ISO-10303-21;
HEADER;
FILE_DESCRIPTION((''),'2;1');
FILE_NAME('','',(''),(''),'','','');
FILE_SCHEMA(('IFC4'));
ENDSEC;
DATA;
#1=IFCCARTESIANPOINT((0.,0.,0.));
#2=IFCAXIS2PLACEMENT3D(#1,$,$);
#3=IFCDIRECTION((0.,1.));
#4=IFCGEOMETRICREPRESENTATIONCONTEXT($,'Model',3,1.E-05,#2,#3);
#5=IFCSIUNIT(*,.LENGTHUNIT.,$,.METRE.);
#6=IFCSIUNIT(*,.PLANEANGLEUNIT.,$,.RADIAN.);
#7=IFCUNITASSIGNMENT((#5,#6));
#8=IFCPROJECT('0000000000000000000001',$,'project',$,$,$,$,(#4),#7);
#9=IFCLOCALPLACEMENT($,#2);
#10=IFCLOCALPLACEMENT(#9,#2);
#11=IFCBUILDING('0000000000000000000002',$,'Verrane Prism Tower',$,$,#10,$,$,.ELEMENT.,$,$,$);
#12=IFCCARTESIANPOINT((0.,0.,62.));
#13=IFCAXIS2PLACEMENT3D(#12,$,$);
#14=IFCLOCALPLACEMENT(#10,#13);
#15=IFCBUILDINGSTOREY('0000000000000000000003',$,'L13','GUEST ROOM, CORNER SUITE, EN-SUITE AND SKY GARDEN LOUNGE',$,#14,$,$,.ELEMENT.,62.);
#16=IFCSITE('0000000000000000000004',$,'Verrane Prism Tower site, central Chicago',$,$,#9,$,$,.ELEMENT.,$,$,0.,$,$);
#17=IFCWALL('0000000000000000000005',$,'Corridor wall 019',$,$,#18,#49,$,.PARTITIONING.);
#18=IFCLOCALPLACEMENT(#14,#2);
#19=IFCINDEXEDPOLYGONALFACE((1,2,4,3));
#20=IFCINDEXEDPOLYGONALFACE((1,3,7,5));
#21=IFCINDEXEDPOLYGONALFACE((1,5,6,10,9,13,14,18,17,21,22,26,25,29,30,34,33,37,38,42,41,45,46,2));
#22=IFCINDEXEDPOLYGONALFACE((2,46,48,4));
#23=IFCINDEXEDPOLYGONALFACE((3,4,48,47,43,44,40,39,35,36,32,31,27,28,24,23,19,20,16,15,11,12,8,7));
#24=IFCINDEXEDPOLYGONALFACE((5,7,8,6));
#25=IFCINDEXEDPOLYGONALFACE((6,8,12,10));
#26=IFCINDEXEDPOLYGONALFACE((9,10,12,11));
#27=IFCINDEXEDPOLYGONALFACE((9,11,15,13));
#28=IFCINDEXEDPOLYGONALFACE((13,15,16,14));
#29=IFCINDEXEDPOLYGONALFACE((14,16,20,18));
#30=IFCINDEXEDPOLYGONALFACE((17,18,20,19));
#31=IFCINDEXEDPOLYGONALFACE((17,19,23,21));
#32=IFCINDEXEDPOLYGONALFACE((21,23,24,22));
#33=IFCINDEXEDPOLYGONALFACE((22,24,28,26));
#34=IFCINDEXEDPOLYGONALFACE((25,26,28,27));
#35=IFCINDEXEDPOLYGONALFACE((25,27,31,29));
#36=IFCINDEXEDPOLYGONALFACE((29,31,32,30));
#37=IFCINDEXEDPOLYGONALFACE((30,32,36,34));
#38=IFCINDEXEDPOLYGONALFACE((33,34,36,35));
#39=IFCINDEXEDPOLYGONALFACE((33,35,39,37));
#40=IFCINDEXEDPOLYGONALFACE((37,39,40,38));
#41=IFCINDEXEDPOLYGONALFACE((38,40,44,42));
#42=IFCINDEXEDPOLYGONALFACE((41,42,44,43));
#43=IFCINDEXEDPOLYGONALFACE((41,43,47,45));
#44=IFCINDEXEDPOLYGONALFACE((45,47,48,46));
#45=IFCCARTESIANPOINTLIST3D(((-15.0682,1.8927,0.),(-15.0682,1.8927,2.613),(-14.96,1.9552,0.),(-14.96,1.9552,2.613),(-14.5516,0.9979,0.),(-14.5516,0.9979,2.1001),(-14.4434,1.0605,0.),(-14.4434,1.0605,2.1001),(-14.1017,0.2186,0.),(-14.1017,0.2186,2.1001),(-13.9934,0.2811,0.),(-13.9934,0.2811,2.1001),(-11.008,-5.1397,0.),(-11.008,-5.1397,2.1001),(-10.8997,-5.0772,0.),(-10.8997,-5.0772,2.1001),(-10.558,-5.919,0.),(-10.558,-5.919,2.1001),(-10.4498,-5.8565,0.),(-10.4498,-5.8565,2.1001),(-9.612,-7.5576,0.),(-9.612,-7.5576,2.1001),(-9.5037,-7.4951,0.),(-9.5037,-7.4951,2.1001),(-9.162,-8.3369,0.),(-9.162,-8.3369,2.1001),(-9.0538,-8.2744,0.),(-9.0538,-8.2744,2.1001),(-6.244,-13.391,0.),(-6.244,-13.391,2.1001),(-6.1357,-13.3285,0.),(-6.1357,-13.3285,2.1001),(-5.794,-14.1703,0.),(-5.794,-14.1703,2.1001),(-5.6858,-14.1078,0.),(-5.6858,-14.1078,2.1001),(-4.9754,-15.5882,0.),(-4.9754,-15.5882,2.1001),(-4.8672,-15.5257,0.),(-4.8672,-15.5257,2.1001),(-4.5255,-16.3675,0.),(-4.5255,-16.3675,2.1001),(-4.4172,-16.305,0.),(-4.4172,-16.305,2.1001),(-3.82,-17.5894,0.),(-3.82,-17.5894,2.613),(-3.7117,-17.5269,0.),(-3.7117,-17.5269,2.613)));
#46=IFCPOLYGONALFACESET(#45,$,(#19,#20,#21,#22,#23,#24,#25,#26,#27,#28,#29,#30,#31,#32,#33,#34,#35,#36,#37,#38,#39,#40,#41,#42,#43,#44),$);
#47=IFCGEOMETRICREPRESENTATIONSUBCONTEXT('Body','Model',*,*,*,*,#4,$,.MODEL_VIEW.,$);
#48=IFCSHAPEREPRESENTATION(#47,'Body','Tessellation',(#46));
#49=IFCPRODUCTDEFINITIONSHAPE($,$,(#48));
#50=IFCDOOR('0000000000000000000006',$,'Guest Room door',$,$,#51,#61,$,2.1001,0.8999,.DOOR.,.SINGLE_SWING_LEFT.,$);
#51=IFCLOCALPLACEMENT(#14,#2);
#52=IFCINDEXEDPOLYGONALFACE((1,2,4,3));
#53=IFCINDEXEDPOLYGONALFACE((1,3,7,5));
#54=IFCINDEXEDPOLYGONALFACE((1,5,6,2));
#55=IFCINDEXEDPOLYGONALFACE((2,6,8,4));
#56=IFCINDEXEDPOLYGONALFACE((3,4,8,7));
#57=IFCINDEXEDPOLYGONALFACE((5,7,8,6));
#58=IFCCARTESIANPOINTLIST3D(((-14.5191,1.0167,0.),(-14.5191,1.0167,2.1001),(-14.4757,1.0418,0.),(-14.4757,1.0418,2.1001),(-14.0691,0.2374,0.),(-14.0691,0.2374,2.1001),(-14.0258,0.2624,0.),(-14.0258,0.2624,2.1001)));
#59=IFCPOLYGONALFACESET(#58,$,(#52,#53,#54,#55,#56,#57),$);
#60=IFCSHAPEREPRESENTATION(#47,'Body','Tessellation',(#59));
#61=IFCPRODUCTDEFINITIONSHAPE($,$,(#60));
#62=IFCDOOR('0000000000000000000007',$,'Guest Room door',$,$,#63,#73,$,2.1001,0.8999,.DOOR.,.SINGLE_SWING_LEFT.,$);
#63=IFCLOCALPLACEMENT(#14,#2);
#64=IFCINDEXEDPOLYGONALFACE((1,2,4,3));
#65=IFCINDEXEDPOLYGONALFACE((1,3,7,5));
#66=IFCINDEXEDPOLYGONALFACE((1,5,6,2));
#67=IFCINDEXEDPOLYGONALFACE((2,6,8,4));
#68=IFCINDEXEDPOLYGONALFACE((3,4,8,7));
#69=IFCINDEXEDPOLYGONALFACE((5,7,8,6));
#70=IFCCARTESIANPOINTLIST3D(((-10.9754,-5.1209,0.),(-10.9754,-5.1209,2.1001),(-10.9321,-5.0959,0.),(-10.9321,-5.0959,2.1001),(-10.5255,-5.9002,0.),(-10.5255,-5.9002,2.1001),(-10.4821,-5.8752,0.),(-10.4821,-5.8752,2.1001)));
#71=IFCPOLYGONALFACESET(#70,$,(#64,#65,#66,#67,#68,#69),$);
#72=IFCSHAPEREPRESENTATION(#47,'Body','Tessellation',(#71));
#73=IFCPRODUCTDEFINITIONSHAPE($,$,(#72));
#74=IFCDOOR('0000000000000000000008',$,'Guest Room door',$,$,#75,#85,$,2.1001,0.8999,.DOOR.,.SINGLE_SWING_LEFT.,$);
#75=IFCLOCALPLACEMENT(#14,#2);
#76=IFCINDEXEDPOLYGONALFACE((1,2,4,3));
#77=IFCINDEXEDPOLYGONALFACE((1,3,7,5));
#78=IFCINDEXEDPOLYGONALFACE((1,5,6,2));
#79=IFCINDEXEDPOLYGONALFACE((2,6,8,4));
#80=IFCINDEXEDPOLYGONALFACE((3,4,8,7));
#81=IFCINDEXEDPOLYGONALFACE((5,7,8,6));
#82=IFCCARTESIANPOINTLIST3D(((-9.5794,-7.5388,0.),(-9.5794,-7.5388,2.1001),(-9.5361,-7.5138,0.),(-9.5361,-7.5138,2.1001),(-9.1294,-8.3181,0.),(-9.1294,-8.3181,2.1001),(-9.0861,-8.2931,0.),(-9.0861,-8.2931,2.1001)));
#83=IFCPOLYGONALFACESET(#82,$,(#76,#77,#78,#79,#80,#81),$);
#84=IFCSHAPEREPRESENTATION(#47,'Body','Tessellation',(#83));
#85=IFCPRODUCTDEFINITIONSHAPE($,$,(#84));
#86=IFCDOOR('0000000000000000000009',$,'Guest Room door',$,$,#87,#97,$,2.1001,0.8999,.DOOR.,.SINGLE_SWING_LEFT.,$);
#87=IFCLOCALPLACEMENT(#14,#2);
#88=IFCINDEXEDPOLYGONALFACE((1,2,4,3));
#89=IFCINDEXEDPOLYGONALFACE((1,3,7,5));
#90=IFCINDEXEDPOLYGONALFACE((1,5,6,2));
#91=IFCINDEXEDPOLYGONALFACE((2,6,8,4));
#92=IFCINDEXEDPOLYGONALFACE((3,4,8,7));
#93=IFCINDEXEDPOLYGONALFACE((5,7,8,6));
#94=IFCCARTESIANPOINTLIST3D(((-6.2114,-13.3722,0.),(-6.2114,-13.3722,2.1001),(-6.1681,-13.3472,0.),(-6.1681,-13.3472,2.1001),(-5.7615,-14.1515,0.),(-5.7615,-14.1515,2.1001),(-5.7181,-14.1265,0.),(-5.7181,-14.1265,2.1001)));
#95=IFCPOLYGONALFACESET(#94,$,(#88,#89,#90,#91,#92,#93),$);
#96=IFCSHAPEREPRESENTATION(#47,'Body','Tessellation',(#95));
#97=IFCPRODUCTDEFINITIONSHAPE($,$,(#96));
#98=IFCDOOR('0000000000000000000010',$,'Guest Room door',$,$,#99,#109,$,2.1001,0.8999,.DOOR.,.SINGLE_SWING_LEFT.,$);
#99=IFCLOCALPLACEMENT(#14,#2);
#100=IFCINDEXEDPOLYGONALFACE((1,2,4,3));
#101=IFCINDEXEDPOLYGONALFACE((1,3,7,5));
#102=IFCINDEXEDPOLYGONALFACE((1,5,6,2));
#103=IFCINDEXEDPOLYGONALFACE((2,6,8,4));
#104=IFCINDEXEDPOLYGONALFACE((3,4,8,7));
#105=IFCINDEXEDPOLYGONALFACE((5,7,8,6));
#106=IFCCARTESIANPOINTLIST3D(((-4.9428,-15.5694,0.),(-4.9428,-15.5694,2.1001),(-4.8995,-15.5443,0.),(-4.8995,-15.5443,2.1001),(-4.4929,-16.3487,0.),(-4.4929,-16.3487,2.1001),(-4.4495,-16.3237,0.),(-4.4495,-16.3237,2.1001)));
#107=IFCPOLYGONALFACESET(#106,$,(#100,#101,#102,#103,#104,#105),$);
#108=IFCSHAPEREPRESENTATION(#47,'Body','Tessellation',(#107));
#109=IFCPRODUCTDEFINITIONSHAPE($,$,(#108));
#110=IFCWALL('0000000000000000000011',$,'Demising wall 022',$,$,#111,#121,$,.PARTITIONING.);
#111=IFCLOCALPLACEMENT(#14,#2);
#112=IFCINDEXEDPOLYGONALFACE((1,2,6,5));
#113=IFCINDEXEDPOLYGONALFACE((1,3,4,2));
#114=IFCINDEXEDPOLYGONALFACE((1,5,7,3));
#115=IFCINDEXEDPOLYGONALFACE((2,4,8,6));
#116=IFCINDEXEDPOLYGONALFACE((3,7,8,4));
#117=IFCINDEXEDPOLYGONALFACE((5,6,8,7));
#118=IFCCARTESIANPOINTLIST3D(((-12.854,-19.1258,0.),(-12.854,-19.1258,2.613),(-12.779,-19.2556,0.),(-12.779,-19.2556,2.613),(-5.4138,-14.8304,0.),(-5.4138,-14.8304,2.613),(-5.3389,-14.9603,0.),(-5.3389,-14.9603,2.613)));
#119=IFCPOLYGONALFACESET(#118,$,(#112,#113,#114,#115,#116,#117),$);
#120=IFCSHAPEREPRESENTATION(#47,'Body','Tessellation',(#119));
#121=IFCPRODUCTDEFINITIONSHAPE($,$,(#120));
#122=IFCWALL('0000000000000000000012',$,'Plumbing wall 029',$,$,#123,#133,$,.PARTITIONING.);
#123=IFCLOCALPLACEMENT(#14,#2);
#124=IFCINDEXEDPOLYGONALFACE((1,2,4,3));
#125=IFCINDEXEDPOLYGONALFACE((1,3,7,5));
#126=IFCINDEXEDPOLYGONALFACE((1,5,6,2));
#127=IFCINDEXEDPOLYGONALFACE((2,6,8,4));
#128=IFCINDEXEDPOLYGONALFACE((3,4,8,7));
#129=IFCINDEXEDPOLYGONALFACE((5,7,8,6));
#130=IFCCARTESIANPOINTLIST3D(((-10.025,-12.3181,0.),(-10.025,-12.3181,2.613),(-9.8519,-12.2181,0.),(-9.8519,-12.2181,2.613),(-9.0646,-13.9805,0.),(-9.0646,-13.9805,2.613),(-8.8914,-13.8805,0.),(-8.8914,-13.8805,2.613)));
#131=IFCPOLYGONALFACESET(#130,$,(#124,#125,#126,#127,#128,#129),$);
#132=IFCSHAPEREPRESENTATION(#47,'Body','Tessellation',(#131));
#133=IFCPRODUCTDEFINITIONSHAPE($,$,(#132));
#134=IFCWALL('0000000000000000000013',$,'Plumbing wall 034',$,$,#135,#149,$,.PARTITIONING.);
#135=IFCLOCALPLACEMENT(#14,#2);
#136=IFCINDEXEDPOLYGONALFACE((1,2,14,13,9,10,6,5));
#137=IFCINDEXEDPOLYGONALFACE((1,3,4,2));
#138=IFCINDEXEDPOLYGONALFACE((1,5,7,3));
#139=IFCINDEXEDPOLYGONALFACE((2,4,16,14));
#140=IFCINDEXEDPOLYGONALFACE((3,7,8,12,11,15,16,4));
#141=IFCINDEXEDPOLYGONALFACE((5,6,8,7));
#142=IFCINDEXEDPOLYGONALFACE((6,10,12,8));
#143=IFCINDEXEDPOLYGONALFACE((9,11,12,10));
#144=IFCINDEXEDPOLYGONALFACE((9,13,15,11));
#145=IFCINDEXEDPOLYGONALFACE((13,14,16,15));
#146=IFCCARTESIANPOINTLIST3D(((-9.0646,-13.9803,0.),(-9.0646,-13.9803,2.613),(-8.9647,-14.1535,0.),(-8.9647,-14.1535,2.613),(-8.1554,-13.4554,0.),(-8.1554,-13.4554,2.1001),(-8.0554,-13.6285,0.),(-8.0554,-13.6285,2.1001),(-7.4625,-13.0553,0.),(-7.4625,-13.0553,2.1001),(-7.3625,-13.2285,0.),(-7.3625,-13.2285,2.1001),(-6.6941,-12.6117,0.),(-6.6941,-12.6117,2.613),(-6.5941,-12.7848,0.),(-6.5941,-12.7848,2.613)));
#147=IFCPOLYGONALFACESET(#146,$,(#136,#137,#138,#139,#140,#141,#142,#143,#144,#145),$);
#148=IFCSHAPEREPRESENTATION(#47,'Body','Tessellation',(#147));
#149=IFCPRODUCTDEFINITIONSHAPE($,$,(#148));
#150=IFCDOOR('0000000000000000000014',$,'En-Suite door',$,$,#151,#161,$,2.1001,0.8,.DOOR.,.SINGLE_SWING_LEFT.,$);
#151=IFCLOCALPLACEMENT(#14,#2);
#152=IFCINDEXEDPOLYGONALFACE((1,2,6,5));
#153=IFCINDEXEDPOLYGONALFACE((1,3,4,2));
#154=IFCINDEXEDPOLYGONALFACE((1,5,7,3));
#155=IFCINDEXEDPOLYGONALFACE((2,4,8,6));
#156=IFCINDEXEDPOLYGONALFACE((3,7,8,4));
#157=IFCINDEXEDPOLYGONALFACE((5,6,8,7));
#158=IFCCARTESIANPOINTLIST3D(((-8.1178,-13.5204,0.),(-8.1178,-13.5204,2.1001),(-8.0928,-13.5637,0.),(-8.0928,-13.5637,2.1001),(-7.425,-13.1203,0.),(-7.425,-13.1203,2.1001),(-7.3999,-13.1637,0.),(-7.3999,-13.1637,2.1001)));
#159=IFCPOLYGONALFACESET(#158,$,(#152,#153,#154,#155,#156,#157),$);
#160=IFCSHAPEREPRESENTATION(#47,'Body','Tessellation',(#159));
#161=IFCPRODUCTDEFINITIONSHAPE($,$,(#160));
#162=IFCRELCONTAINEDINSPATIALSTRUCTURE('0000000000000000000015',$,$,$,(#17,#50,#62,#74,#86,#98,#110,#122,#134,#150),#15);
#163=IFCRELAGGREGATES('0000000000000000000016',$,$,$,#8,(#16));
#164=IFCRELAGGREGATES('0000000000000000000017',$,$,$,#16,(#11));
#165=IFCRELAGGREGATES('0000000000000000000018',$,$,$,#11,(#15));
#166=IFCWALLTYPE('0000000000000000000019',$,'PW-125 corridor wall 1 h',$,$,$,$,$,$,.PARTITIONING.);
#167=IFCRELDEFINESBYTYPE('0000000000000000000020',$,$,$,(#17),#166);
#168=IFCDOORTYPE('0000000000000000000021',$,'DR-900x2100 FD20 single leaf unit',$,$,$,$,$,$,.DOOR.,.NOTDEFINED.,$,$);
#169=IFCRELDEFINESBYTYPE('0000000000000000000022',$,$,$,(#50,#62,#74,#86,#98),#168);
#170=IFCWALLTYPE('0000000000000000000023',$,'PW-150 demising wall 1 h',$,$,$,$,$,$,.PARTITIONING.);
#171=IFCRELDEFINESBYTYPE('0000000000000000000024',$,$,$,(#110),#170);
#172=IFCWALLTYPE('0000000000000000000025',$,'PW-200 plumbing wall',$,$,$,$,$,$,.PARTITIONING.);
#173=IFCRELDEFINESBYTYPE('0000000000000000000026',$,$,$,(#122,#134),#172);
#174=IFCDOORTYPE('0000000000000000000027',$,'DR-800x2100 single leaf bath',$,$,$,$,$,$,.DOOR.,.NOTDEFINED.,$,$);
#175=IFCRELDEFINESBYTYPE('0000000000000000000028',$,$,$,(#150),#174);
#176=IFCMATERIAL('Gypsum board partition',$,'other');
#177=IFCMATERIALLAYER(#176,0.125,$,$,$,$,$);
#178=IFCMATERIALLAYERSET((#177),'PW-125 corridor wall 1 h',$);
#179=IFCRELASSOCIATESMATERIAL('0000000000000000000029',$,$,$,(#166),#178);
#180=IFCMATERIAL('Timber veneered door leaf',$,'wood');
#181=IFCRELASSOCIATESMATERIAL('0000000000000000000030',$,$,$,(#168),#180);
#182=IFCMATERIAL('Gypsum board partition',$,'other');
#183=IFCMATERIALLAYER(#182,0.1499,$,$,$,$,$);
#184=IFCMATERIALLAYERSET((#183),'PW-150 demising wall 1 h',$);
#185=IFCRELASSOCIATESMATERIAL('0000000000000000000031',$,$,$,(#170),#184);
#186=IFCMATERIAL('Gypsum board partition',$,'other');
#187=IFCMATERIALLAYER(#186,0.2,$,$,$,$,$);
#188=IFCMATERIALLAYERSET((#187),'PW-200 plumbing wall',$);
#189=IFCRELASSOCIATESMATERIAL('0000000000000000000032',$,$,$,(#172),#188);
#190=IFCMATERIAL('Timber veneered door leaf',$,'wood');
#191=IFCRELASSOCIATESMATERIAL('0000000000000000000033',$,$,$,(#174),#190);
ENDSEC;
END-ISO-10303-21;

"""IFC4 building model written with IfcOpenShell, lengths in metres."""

from ifc_helpers import new_model, si_unit, direction, frame, frame_2d, origin, place, context, subcontext, project, spatial, rectangle, extrude, material, layer, layer_set, type_object, element, fill, save


model = new_model("IFC4")

# Units and contexts
model_context = context("Model", 3, precision=1e-05, world=origin(), true_north=direction((0.0, 1.0)))
body_context = subcontext(model_context, "Body", "Model", "MODEL_VIEW")
ifc_project = project(units=[si_unit("LENGTHUNIT", "METRE"), si_unit("PLANEANGLEUNIT", "RADIAN")], contexts=[model_context])

# Site, building, storey
site_placement = place(None, origin())
site = spatial("IfcSite", under=ifc_project, at=site_placement, Name="Verrane Prism Tower site, central Chicago", CompositionType="ELEMENT", RefElevation=0.0)
building_placement = place(site_placement, origin())
building = spatial("IfcBuilding", under=site, at=building_placement, Name="Verrane Prism Tower", CompositionType="ELEMENT")
storey_placement = place(building_placement, frame((0.0, 0.0, 62.0)))
storey = spatial("IfcBuildingStorey", under=building, at=storey_placement, Name="L13", Description="GUEST ROOM, CORNER SUITE, EN-SUITE AND SKY GARDEN LOUNGE", CompositionType="ELEMENT", Elevation=62.0)

# Wall, openings, doors
ifc_material_1 = material(Name="Gypsum board partition", Category="other")
ifc_layer_1 = layer(ifc_material_1, 0.125)
ifc_layer_set_1 = layer_set([ifc_layer_1], Name="PW-125 corridor wall 1 h")
wall_type_1 = type_object("IfcWallType", Name="PW-125 corridor wall 1 h", PredefinedType="PARTITIONING", material=ifc_layer_set_1)
wall_1_placement = place(storey_placement, frame((-3.7659, -17.5581, 0.0), z_axis=(0.0, 0.0, 1.0), x_axis=(-0.500008, 0.866021, 0.0)))
wall_1 = element("IfcWall", 1, at=wall_1_placement, inside=storey, type_object=wall_type_1, Name="Corridor wall 019", PredefinedType="PARTITIONING", context=body_context, shape_type="SweptSolid", body=[
    extrude(rectangle(XDim=22.4961, YDim=0.125, at=frame_2d((11.248, 0.0))), origin(), (0.0, 0.0, 1.0), 2.613),
])
opening_1_placement = place(wall_1_placement, frame((20.563, 0.0, 0.0)))
opening_1 = element("IfcOpeningElement", 2, at=opening_1_placement, cuts=wall_1, PredefinedType="OPENING", context=body_context, shape_type="SweptSolid", body=[
    extrude(rectangle(XDim=0.8999, YDim=2.1001, at=frame_2d((0.45, 1.05))), frame((0.0, 0.0725, 0.0), z_axis=(0.0, -1.0, 0.0), x_axis=(1.0, 0.0, 0.0)), (0.0, 0.0, 1.0), 0.145),
])
opening_2_placement = place(wall_1_placement, frame((13.4758, 0.0, 0.0)))
opening_2 = element("IfcOpeningElement", 3, at=opening_2_placement, cuts=wall_1, PredefinedType="OPENING", context=body_context, shape_type="SweptSolid", body=[
    extrude(rectangle(XDim=0.8999, YDim=2.1001, at=frame_2d((0.45, 1.05))), frame((0.0, 0.0725, 0.0), z_axis=(0.0, -1.0, 0.0), x_axis=(1.0, 0.0, 0.0)), (0.0, 0.0, 1.0), 0.145),
])
opening_3_placement = place(wall_1_placement, frame((10.6838, 0.0, 0.0)))
opening_3 = element("IfcOpeningElement", 4, at=opening_3_placement, cuts=wall_1, PredefinedType="OPENING", context=body_context, shape_type="SweptSolid", body=[
    extrude(rectangle(XDim=0.8999, YDim=2.1001, at=frame_2d((0.45, 1.05))), frame((0.0, 0.0725, 0.0), z_axis=(0.0, -1.0, 0.0), x_axis=(1.0, 0.0, 0.0)), (0.0, 0.0, 1.0), 0.145),
])
opening_4_placement = place(wall_1_placement, frame((3.948, 0.0, 0.0)))
opening_4 = element("IfcOpeningElement", 5, at=opening_4_placement, cuts=wall_1, PredefinedType="OPENING", context=body_context, shape_type="SweptSolid", body=[
    extrude(rectangle(XDim=0.8999, YDim=2.1001, at=frame_2d((0.45, 1.05))), frame((0.0, 0.0725, 0.0), z_axis=(0.0, -1.0, 0.0), x_axis=(1.0, 0.0, 0.0)), (0.0, 0.0, 1.0), 0.145),
])
opening_5_placement = place(wall_1_placement, frame((1.4109, 0.0, 0.0)))
opening_5 = element("IfcOpeningElement", 6, at=opening_5_placement, cuts=wall_1, PredefinedType="OPENING", context=body_context, shape_type="SweptSolid", body=[
    extrude(rectangle(XDim=0.8999, YDim=2.1001, at=frame_2d((0.45, 1.05))), frame((0.0, 0.0725, 0.0), z_axis=(0.0, -1.0, 0.0), x_axis=(1.0, 0.0, 0.0)), (0.0, 0.0, 1.0), 0.145),
])
ifc_material_2 = material(Name="Timber veneered door leaf", Category="wood")
door_type_1 = type_object("IfcDoorType", Name="DR-900x2100 FD20 single leaf unit", OperationType="NOTDEFINED", PredefinedType="DOOR", material=ifc_material_2)
door_1_placement = place(opening_1_placement, origin())
door_1 = element("IfcDoor", 7, at=door_1_placement, inside=storey, type_object=door_type_1, Name="Guest Room door", OperationType="SINGLE_SWING_LEFT", OverallHeight=2.1001, OverallWidth=0.8999, PredefinedType="DOOR", context=body_context, shape_type="SweptSolid", body=[
    extrude(rectangle(XDim=0.8999, YDim=2.1001, at=frame_2d((0.45, 1.05))), frame((0.0, 0.0249, 0.0), z_axis=(0.0, -1.0, 0.0), x_axis=(1.0, 0.0, 0.0)), (0.0, 0.0, 1.0), 0.05),
])
fill(opening_1, door_1)
door_2_placement = place(opening_2_placement, origin())
door_2 = element("IfcDoor", 8, at=door_2_placement, inside=storey, type_object=door_type_1, Name="Guest Room door", OperationType="SINGLE_SWING_LEFT", OverallHeight=2.1001, OverallWidth=0.8999, PredefinedType="DOOR", context=body_context, shape_type="SweptSolid", body=[
    extrude(rectangle(XDim=0.8999, YDim=2.1001, at=frame_2d((0.45, 1.05))), frame((0.0, 0.0249, 0.0), z_axis=(0.0, -1.0, 0.0), x_axis=(1.0, 0.0, 0.0)), (0.0, 0.0, 1.0), 0.05),
])
fill(opening_2, door_2)
door_3_placement = place(opening_3_placement, origin())
door_3 = element("IfcDoor", 9, at=door_3_placement, inside=storey, type_object=door_type_1, Name="Guest Room door", OperationType="SINGLE_SWING_LEFT", OverallHeight=2.1001, OverallWidth=0.8999, PredefinedType="DOOR", context=body_context, shape_type="SweptSolid", body=[
    extrude(rectangle(XDim=0.8999, YDim=2.1001, at=frame_2d((0.45, 1.05))), frame((0.0, 0.0249, 0.0), z_axis=(0.0, -1.0, 0.0), x_axis=(1.0, 0.0, 0.0)), (0.0, 0.0, 1.0), 0.05),
])
fill(opening_3, door_3)
door_4_placement = place(opening_4_placement, origin())
door_4 = element("IfcDoor", 10, at=door_4_placement, inside=storey, type_object=door_type_1, Name="Guest Room door", OperationType="SINGLE_SWING_LEFT", OverallHeight=2.1001, OverallWidth=0.8999, PredefinedType="DOOR", context=body_context, shape_type="SweptSolid", body=[
    extrude(rectangle(XDim=0.8999, YDim=2.1001, at=frame_2d((0.45, 1.05))), frame((0.0, 0.0249, 0.0), z_axis=(0.0, -1.0, 0.0), x_axis=(1.0, 0.0, 0.0)), (0.0, 0.0, 1.0), 0.05),
])
fill(opening_4, door_4)
door_5_placement = place(opening_5_placement, origin())
door_5 = element("IfcDoor", 11, at=door_5_placement, inside=storey, type_object=door_type_1, Name="Guest Room door", OperationType="SINGLE_SWING_LEFT", OverallHeight=2.1001, OverallWidth=0.8999, PredefinedType="DOOR", context=body_context, shape_type="SweptSolid", body=[
    extrude(rectangle(XDim=0.8999, YDim=2.1001, at=frame_2d((0.45, 1.05))), frame((0.0, 0.0249, 0.0), z_axis=(0.0, -1.0, 0.0), x_axis=(1.0, 0.0, 0.0)), (0.0, 0.0, 1.0), 0.05),
])
fill(opening_5, door_5)

# Walls
ifc_material_3 = material(Name="Gypsum board partition", Category="other")
ifc_layer_2 = layer(ifc_material_3, 0.1499)
ifc_layer_set_2 = layer_set([ifc_layer_2], Name="PW-150 demising wall 1 h")
wall_type_2 = type_object("IfcWallType", Name="PW-150 demising wall 1 h", PredefinedType="PARTITIONING", material=ifc_layer_set_2)
wall_2_placement = place(storey_placement, frame((-12.8164, -19.1907, 0.0), z_axis=(0.0, 0.0, 1.0), x_axis=(0.866035, 0.499984, 0.0)))
element("IfcWall", 12, at=wall_2_placement, inside=storey, type_object=wall_type_2, Name="Demising wall 022", PredefinedType="PARTITIONING", context=body_context, shape_type="SweptSolid", body=[
    extrude(rectangle(XDim=8.5911, YDim=0.1499, at=frame_2d((4.2954, 0.0))), origin(), (0.0, 0.0, 1.0), 2.613),
])
ifc_material_4 = material(Name="Gypsum board partition", Category="other")
ifc_layer_3 = layer(ifc_material_4, 0.2)
ifc_layer_set_3 = layer_set([ifc_layer_3], Name="PW-200 plumbing wall")
wall_type_3 = type_object("IfcWallType", Name="PW-200 plumbing wall", PredefinedType="PARTITIONING", material=ifc_layer_set_3)
wall_3_placement = place(storey_placement, frame((-9.9385, -12.2681, 0.0), z_axis=(0.0, 0.0, 1.0), x_axis=(0.500269, -0.86587, 0.0)))
element("IfcWall", 13, at=wall_3_placement, inside=storey, type_object=wall_type_3, Name="Plumbing wall 029", PredefinedType="PARTITIONING", context=body_context, shape_type="SweptSolid", body=[
    extrude(rectangle(XDim=1.9199, YDim=0.2, at=frame_2d((0.96, 0.0))), origin(), (0.0, 0.0, 1.0), 2.613),
])

# Wall, opening, door
wall_4_placement = place(storey_placement, frame((-9.0146, -14.0669, 0.0), z_axis=(0.0, 0.0, 1.0), x_axis=(0.866028, 0.499995, 0.0)))
wall_4 = element("IfcWall", 14, at=wall_4_placement, inside=storey, type_object=wall_type_3, Name="Plumbing wall 034", PredefinedType="PARTITIONING", context=body_context, shape_type="SweptSolid", body=[
    extrude(rectangle(XDim=2.7373, YDim=0.2, at=frame_2d((1.3687, 0.0))), origin(), (0.0, 0.0, 1.0), 2.613),
])
opening_6_placement = place(wall_4_placement, frame((1.05, 0.0, 0.0)))
opening_6 = element("IfcOpeningElement", 15, at=opening_6_placement, cuts=wall_4, PredefinedType="OPENING", context=body_context, shape_type="SweptSolid", body=[
    extrude(rectangle(XDim=0.8, YDim=2.1001, at=frame_2d((0.3999, 1.05))), frame((0.0, 0.1099, 0.0), z_axis=(0.0, -1.0, 0.0), x_axis=(1.0, 0.0, 0.0)), (0.0, 0.0, 1.0), 0.22),
])
ifc_material_5 = material(Name="Timber veneered door leaf", Category="wood")
door_type_2 = type_object("IfcDoorType", Name="DR-800x2100 single leaf bath", OperationType="NOTDEFINED", PredefinedType="DOOR", material=ifc_material_5)
door_6_placement = place(opening_6_placement, origin())
door_6 = element("IfcDoor", 16, at=door_6_placement, inside=storey, type_object=door_type_2, Name="En-Suite door", OperationType="SINGLE_SWING_LEFT", OverallHeight=2.1001, OverallWidth=0.8, PredefinedType="DOOR", context=body_context, shape_type="SweptSolid", body=[
    extrude(rectangle(XDim=0.8, YDim=2.1001, at=frame_2d((0.3999, 1.05))), frame((0.0, 0.0249, 0.0), z_axis=(0.0, -1.0, 0.0), x_axis=(1.0, 0.0, 0.0)), (0.0, 0.0, 1.0), 0.05),
])
fill(opening_6, door_6)

save(model, "model.ifc")
